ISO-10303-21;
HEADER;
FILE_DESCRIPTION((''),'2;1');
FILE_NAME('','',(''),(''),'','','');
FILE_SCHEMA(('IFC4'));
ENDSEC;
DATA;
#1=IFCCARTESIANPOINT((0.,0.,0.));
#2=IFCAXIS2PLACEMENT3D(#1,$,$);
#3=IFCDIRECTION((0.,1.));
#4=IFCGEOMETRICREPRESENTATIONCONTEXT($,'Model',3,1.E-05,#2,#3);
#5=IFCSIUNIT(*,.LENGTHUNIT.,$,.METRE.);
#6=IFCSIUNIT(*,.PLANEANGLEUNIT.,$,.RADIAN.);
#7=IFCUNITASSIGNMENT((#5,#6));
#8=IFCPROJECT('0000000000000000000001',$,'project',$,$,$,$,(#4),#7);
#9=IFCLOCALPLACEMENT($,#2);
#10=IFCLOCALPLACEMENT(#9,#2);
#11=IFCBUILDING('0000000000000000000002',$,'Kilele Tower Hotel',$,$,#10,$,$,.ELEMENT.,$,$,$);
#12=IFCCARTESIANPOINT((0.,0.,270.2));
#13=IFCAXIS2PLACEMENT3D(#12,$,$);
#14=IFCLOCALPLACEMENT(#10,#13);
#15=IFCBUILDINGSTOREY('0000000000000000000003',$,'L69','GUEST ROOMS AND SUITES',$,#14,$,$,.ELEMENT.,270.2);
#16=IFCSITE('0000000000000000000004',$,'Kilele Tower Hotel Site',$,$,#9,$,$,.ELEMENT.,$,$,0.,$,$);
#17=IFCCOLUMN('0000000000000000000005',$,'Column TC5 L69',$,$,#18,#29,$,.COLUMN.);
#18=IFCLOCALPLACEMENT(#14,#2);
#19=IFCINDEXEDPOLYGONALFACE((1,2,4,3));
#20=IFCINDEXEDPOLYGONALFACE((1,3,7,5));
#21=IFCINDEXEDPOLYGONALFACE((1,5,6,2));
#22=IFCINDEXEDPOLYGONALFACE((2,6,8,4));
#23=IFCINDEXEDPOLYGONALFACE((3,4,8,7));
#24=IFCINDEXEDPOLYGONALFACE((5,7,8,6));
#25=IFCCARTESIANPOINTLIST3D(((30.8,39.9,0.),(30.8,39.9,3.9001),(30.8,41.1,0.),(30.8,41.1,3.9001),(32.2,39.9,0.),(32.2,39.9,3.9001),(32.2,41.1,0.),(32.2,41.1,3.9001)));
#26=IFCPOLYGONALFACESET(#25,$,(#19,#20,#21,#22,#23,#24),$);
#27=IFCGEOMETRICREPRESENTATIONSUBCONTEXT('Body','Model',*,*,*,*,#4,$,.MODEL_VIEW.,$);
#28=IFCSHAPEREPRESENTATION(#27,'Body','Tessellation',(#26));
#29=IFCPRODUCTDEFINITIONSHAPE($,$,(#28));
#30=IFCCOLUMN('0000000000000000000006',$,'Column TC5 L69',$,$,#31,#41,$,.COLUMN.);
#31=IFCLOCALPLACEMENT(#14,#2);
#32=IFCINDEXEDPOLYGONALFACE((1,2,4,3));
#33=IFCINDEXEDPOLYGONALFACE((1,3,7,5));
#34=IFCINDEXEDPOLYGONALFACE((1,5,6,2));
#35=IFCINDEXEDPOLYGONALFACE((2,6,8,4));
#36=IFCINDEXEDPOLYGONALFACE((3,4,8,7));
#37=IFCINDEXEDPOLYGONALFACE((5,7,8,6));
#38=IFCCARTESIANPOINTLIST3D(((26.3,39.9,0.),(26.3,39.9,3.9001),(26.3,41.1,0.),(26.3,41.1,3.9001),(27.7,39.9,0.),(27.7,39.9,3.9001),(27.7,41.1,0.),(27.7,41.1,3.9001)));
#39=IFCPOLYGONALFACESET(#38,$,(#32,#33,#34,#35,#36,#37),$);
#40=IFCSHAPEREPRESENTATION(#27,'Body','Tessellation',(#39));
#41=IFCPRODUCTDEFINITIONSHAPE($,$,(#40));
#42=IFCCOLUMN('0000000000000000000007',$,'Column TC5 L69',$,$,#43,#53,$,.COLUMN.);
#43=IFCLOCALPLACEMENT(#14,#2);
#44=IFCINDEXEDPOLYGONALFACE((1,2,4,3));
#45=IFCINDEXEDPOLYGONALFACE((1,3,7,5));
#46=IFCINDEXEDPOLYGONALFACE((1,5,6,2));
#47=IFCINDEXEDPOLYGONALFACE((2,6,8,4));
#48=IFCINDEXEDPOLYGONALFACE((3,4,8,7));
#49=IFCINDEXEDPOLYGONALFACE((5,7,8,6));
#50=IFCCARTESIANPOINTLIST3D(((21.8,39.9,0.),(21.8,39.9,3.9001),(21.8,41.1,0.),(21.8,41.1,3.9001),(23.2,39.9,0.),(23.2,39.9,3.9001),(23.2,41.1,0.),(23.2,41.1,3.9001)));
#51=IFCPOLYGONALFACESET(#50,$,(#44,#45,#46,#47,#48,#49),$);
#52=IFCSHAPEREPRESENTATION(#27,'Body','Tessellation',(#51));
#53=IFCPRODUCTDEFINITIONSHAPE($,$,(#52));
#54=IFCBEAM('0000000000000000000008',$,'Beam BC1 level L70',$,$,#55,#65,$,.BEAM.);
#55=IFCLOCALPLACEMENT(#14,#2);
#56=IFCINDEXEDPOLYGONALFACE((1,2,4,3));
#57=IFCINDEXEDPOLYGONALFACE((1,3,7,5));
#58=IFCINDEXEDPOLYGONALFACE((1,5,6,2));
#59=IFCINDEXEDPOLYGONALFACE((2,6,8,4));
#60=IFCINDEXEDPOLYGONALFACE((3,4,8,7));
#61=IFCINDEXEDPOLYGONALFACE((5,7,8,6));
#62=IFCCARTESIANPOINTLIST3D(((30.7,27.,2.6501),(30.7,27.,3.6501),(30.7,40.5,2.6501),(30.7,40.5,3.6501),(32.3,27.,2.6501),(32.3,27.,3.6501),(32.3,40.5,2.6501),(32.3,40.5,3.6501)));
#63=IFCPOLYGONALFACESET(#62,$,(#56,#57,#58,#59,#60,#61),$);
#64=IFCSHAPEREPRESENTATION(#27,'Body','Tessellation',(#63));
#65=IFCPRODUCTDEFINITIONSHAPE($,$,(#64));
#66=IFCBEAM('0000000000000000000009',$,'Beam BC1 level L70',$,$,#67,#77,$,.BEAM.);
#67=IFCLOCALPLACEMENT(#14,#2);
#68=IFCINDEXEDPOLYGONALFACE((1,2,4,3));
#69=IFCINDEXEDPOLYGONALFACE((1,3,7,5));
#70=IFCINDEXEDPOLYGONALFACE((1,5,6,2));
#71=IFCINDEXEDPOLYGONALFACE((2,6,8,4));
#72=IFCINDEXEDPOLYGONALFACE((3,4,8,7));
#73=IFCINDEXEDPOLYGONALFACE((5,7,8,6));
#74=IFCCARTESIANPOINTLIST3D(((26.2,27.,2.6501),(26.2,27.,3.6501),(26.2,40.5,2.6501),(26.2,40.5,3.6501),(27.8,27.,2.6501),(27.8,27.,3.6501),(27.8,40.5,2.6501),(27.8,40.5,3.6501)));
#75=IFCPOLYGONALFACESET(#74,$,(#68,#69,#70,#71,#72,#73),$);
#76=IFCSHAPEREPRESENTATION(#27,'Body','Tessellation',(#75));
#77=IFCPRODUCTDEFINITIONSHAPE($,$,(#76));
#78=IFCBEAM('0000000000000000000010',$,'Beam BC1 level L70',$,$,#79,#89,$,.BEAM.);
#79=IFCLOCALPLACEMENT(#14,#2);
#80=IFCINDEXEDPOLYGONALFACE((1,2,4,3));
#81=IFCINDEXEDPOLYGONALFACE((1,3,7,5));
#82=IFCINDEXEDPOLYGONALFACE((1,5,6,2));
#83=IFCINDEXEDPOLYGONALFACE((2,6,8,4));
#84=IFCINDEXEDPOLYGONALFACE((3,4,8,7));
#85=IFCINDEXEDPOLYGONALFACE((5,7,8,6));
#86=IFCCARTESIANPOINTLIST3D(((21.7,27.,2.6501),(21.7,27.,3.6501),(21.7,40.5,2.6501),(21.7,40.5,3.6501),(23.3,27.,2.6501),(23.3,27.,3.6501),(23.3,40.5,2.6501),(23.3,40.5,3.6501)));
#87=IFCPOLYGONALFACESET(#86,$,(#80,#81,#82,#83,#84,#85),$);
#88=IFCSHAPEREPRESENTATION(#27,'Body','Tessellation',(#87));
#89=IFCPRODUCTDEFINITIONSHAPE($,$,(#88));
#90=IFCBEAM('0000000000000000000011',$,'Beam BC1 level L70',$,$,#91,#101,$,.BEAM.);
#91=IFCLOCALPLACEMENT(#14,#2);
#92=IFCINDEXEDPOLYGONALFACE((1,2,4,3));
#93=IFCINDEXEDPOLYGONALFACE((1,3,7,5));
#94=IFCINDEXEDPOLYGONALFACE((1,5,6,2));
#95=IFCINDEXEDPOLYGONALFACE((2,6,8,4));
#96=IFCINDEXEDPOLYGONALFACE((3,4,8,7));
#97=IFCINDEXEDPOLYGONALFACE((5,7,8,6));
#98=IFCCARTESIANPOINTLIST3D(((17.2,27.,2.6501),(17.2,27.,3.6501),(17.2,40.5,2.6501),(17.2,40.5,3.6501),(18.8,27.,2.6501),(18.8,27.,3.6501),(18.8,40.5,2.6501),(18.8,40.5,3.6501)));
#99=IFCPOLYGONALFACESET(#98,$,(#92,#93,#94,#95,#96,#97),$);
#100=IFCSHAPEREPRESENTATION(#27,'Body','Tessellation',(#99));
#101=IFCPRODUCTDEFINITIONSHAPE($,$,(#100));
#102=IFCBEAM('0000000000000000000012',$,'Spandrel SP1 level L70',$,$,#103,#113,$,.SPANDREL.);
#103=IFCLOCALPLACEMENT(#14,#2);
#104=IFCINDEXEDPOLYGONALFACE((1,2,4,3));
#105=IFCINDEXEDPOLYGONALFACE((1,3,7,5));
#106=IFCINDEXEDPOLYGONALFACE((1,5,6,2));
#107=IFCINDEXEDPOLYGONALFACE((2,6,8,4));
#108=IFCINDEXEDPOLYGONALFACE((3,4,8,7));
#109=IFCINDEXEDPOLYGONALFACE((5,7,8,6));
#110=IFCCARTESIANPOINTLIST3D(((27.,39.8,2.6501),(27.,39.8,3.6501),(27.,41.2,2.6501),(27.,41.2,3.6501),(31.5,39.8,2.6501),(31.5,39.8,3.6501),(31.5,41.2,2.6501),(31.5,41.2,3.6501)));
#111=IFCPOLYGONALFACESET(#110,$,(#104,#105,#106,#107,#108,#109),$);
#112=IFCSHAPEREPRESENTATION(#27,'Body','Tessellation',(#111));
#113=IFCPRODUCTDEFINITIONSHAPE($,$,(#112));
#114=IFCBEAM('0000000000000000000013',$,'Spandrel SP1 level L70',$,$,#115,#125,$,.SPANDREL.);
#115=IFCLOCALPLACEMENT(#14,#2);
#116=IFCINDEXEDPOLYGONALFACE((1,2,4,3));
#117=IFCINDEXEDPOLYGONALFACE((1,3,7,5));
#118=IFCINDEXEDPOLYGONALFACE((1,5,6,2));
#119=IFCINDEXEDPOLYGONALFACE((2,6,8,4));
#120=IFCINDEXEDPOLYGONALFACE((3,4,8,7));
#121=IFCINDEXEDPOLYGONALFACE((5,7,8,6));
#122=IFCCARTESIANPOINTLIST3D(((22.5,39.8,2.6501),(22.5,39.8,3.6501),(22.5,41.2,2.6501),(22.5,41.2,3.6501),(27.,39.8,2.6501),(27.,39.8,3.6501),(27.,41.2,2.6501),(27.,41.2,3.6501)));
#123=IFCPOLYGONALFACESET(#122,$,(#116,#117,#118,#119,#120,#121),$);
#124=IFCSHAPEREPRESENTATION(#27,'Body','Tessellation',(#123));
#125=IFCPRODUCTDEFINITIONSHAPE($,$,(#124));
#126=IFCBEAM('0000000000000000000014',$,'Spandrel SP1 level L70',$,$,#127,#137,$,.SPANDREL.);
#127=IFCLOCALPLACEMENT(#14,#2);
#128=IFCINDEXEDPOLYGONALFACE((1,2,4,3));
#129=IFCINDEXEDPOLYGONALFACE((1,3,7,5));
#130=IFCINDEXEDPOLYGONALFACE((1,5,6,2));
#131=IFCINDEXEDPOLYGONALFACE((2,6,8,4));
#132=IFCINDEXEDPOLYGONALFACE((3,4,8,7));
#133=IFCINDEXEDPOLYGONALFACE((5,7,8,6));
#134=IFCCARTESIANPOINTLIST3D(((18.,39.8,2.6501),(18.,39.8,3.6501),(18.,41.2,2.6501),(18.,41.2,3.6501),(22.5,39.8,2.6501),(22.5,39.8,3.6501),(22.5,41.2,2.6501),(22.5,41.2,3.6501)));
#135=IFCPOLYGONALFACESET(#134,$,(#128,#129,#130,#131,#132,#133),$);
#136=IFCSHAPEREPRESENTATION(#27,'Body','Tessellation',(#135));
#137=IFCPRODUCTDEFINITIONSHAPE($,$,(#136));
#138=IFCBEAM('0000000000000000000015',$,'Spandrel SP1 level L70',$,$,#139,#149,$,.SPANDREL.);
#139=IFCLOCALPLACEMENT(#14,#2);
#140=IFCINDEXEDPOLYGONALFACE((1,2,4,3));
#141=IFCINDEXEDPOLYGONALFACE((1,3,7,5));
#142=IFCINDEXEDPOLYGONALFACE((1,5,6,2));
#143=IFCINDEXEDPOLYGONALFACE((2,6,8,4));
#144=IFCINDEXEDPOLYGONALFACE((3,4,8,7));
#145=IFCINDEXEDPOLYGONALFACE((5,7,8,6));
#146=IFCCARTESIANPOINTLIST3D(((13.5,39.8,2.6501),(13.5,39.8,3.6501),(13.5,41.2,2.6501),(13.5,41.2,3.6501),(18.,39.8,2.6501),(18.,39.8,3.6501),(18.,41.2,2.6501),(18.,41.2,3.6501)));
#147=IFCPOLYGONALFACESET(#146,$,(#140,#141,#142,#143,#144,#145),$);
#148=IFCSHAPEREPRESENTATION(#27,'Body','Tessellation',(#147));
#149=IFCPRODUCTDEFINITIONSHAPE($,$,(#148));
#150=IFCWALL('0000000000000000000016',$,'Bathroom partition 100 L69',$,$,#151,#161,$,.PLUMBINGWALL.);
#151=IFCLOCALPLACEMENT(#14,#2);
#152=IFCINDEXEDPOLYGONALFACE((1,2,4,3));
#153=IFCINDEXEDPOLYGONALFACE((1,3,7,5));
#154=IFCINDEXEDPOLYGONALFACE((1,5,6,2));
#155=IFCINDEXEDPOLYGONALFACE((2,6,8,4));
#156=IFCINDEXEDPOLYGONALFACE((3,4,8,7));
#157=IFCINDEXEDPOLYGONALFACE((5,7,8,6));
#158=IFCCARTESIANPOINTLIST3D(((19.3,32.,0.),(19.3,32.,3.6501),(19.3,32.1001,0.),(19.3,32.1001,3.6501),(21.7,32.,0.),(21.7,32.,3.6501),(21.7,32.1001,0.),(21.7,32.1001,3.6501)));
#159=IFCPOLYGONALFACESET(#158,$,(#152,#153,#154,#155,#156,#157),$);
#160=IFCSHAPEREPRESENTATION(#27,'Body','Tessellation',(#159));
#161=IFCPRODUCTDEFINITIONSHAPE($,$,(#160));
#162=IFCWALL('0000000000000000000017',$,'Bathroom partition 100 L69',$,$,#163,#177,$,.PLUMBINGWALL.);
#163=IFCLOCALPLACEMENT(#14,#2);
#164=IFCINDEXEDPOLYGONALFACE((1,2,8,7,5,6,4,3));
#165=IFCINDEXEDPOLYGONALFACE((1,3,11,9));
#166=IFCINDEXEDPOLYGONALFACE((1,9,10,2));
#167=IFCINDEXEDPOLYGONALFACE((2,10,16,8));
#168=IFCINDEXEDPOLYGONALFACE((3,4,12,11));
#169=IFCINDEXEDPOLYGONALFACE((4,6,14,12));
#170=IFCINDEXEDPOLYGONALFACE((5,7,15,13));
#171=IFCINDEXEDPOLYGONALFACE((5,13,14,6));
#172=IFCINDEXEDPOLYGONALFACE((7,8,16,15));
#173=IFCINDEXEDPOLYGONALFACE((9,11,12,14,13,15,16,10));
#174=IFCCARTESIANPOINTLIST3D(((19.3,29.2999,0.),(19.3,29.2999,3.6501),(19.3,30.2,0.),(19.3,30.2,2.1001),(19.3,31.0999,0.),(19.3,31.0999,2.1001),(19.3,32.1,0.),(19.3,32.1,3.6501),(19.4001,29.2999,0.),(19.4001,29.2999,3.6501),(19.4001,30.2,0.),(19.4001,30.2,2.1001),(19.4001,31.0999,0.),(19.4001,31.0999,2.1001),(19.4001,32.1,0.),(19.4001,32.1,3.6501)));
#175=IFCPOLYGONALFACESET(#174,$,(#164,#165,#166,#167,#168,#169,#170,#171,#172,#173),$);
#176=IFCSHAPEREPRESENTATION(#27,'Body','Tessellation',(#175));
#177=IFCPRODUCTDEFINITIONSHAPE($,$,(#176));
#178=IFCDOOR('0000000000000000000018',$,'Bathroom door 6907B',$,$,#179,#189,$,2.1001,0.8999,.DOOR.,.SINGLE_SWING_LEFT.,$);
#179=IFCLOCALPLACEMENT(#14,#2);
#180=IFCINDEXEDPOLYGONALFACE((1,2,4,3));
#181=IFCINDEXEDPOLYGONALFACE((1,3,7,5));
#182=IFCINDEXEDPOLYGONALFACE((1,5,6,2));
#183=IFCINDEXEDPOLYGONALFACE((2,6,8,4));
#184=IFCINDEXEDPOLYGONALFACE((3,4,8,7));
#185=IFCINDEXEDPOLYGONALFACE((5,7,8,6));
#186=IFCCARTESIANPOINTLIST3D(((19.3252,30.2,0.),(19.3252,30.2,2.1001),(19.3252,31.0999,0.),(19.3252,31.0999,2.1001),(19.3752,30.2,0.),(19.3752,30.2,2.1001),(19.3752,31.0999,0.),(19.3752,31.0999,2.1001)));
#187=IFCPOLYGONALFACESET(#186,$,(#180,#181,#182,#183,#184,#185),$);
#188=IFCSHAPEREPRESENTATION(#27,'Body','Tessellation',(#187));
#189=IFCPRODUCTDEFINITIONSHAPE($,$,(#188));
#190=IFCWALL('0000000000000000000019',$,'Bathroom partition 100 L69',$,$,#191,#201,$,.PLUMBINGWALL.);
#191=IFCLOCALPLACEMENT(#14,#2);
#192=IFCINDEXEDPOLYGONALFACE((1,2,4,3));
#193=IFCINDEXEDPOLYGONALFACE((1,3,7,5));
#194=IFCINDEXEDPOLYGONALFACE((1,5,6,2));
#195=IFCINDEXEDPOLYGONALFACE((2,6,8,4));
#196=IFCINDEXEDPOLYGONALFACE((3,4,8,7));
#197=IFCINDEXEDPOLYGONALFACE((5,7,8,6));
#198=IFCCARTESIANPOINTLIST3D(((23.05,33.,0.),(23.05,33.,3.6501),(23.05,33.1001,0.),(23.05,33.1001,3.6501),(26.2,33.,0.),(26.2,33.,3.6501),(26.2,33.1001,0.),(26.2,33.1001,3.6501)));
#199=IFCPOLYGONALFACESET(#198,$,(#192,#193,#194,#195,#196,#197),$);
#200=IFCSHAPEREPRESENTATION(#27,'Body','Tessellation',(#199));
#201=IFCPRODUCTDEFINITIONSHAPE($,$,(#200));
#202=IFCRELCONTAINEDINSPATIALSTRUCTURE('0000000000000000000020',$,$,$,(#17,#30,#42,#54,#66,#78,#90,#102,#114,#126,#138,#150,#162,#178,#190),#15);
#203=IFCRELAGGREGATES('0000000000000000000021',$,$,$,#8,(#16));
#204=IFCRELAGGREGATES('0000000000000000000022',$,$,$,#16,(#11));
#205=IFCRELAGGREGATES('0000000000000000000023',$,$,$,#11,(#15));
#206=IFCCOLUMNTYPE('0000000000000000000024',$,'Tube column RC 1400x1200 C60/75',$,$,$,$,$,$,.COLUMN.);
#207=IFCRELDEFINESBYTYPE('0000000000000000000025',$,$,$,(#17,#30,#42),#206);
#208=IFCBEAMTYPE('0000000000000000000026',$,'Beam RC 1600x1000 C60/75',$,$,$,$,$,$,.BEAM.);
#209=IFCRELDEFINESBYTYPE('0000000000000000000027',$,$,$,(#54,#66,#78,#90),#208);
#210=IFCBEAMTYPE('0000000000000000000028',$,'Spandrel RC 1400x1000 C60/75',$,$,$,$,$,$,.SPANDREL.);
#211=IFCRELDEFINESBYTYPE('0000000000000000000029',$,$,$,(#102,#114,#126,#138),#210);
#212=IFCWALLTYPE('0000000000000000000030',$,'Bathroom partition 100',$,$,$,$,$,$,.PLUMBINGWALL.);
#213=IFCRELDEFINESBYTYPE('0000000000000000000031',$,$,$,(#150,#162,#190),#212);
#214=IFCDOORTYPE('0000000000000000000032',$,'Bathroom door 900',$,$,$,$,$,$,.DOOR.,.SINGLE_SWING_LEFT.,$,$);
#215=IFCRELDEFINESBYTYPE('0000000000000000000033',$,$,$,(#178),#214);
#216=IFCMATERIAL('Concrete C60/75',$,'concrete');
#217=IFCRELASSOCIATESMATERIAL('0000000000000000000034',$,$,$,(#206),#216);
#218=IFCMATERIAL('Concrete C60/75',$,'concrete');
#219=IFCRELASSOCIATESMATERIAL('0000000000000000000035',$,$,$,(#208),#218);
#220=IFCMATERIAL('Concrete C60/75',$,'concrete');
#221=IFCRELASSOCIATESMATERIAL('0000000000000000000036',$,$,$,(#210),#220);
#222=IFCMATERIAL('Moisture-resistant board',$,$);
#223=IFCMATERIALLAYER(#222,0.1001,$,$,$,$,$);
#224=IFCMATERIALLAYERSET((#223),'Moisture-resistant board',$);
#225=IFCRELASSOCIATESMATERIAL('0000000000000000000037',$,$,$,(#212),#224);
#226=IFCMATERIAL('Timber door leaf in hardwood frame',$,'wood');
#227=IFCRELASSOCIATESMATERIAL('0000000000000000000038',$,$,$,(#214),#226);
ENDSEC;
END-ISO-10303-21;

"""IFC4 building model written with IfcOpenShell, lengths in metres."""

from ifc_helpers import new_model, si_unit, direction, frame, frame_2d, origin, origin_2d, place, context, subcontext, project, spatial, rectangle, extrude, material, layer, layer_set, material_profile, profile_set, type_object, element, fill, save


model = new_model("IFC4")

# Units and contexts
model_context = context("Model", 3, precision=1e-05, world=origin(), true_north=direction((0.0, 1.0)))
body_context = subcontext(model_context, "Body", "Model", "MODEL_VIEW")
ifc_project = project(units=[si_unit("LENGTHUNIT", "METRE"), si_unit("PLANEANGLEUNIT", "RADIAN")], contexts=[model_context])

# Site, building, storey
site_placement = place(None, origin())
site = spatial("IfcSite", under=ifc_project, at=site_placement, Name="Kilele Tower Hotel Site", CompositionType="ELEMENT", RefElevation=0.0)
building_placement = place(site_placement, origin())
building = spatial("IfcBuilding", under=site, at=building_placement, Name="Kilele Tower Hotel", CompositionType="ELEMENT")
storey_placement = place(building_placement, frame((0.0, 0.0, 270.2)))
storey = spatial("IfcBuildingStorey", under=building, at=storey_placement, Name="L69", Description="GUEST ROOMS AND SUITES", CompositionType="ELEMENT", Elevation=270.2)

# Columns
ifc_material_1 = material(Name="Concrete C60/75", Category="concrete")
ifc_material_profile_1 = material_profile(ifc_material_1, rectangle(XDim=1.3999, YDim=1.2, at=origin_2d()))
ifc_profile_set_1 = profile_set([ifc_material_profile_1], Name="Concrete C60/75")
column_type = type_object("IfcColumnType", Name="Tube column RC 1400x1200 C60/75", PredefinedType="COLUMN", material=ifc_profile_set_1)
for number, where, z_axis, x_axis, name in (
    (1, (31.5, 40.5, 0.0), (0.0, 0.0, 1.0), (1.0, 0.0, 0.0), "Column TC5 L69"),
    (2, (27.0, 40.5, 0.0), (0.0, 0.0, 1.0), (1.0, 0.0, 0.0), "Column TC5 L69"),
    (3, (22.5, 40.5, 0.0), (0.0, 0.0, 1.0), (1.0, 0.0, 0.0), "Column TC5 L69"),
):
    element("IfcColumn", number, at=place(storey_placement, frame(where, z_axis=z_axis, x_axis=x_axis)), inside=storey, type_object=column_type, Name=name, PredefinedType="COLUMN", context=body_context, shape_type="SweptSolid", body=[
        extrude(rectangle(XDim=1.3999, YDim=1.2, at=origin_2d()), origin(), (0.0, 0.0, 1.0), 3.9001),
    ])

# Beams
ifc_material_2 = material(Name="Concrete C60/75", Category="concrete")
ifc_material_profile_2 = material_profile(ifc_material_2, rectangle(XDim=1.6001, YDim=1.0, at=origin_2d()))
ifc_profile_set_2 = profile_set([ifc_material_profile_2], Name="Concrete C60/75")
beam_type_1 = type_object("IfcBeamType", Name="Beam RC 1600x1000 C60/75", PredefinedType="BEAM", material=ifc_profile_set_2)
for number, where, z_axis, x_axis, name in (
    (4, (31.5, 40.5, 3.1501), (0.0, -1.0, 0.0), (1.0, 0.0, 0.0), "Beam BC1 level L70"),
    (5, (27.0, 40.5, 3.1501), (0.0, -1.0, 0.0), (1.0, 0.0, 0.0), "Beam BC1 level L70"),
    (6, (22.5, 40.5, 3.1501), (0.0, -1.0, 0.0), (1.0, 0.0, 0.0), "Beam BC1 level L70"),
    (7, (18.0, 40.5, 3.1501), (0.0, -1.0, 0.0), (1.0, 0.0, 0.0), "Beam BC1 level L70"),
):
    element("IfcBeam", number, at=place(storey_placement, frame(where, z_axis=z_axis, x_axis=x_axis)), inside=storey, type_object=beam_type_1, Name=name, PredefinedType="BEAM", context=body_context, shape_type="SweptSolid", body=[
        extrude(rectangle(XDim=1.6001, YDim=1.0, at=origin_2d()), origin(), (0.0, 0.0, 1.0), 13.5),
    ])
ifc_material_3 = material(Name="Concrete C60/75", Category="concrete")
ifc_material_profile_3 = material_profile(ifc_material_3, rectangle(XDim=1.3999, YDim=1.0, at=origin_2d()))
ifc_profile_set_3 = profile_set([ifc_material_profile_3], Name="Concrete C60/75")
beam_type_2 = type_object("IfcBeamType", Name="Spandrel RC 1400x1000 C60/75", PredefinedType="SPANDREL", material=ifc_profile_set_3)
for number, where, z_axis, x_axis, name in (
    (8, (31.5, 40.5, 3.1501), (-1.0, 0.0, 0.0), (0.0, -1.0, 0.0), "Spandrel SP1 level L70"),
    (9, (27.0, 40.5, 3.1501), (-1.0, 0.0, 0.0), (0.0, -1.0, 0.0), "Spandrel SP1 level L70"),
    (10, (22.5, 40.5, 3.1501), (-1.0, 0.0, 0.0), (0.0, -1.0, 0.0), "Spandrel SP1 level L70"),
    (11, (18.0, 40.5, 3.1501), (-1.0, 0.0, 0.0), (0.0, -1.0, 0.0), "Spandrel SP1 level L70"),
):
    element("IfcBeam", number, at=place(storey_placement, frame(where, z_axis=z_axis, x_axis=x_axis)), inside=storey, type_object=beam_type_2, Name=name, PredefinedType="SPANDREL", context=body_context, shape_type="SweptSolid", body=[
        extrude(rectangle(XDim=1.3999, YDim=1.0, at=origin_2d()), origin(), (0.0, 0.0, 1.0), 4.5),
    ])

# Wall
ifc_material_4 = material(Name="Moisture-resistant board")
ifc_layer_1 = layer(ifc_material_4, 0.1001)
ifc_layer_set_1 = layer_set([ifc_layer_1], Name="Moisture-resistant board")
wall_type_1 = type_object("IfcWallType", Name="Bathroom partition 100", PredefinedType="PLUMBINGWALL", material=ifc_layer_set_1)
wall_1_placement = place(storey_placement, frame((19.3, 32.05, 0.0), z_axis=(0.0, 0.0, 1.0), x_axis=(1.0, 0.0, 0.0)))
element("IfcWall", 12, at=wall_1_placement, inside=storey, type_object=wall_type_1, Name="Bathroom partition 100 L69", PredefinedType="PLUMBINGWALL", context=body_context, shape_type="SweptSolid", body=[
    extrude(rectangle(XDim=2.3999, YDim=0.1001, at=frame_2d((1.2, 0.0))), origin(), (0.0, 0.0, 1.0), 3.6501),
])

# Wall, opening, door
wall_2_placement = place(storey_placement, frame((19.3501, 29.3, 0.0), z_axis=(0.0, 0.0, 1.0), x_axis=(0.0, 1.0, 0.0)))
wall_2 = element("IfcWall", 13, at=wall_2_placement, inside=storey, type_object=wall_type_1, Name="Bathroom partition 100 L69", PredefinedType="PLUMBINGWALL", context=body_context, shape_type="SweptSolid", body=[
    extrude(rectangle(XDim=2.8, YDim=0.1001, at=frame_2d((1.3999, 0.0))), origin(), (0.0, 0.0, 1.0), 3.6501),
])
opening_1_placement = place(wall_2_placement, frame((0.8999, 0.0, 0.0)))
opening_1 = element("IfcOpeningElement", 14, at=opening_1_placement, cuts=wall_2, PredefinedType="OPENING", context=body_context, shape_type="SweptSolid", body=[
    extrude(rectangle(XDim=0.8999, YDim=2.1001, at=frame_2d((0.45, 1.05))), frame((0.0, 0.0601, 0.0), z_axis=(0.0, -1.0, 0.0), x_axis=(1.0, 0.0, 0.0)), (0.0, 0.0, 1.0), 0.1201),
])
ifc_material_5 = material(Name="Timber door leaf in hardwood frame", Category="wood")
door_type_1 = type_object("IfcDoorType", Name="Bathroom door 900", OperationType="SINGLE_SWING_LEFT", PredefinedType="DOOR", material=ifc_material_5)
door_1_placement = place(opening_1_placement, origin())
door_1 = element("IfcDoor", 15, at=door_1_placement, inside=storey, type_object=door_type_1, Name="Bathroom door 6907B", OperationType="SINGLE_SWING_LEFT", OverallHeight=2.1001, OverallWidth=0.8999, PredefinedType="DOOR", context=body_context, shape_type="SweptSolid", body=[
    extrude(rectangle(XDim=0.8999, YDim=2.1001, at=frame_2d((0.45, 1.05))), frame((0.0, 0.0249, 0.0), z_axis=(0.0, -1.0, 0.0), x_axis=(1.0, 0.0, 0.0)), (0.0, 0.0, 1.0), 0.05),
])
fill(opening_1, door_1)

# Wall
wall_3_placement = place(storey_placement, frame((23.05, 33.05, 0.0), z_axis=(0.0, 0.0, 1.0), x_axis=(1.0, 0.0, 0.0)))
element("IfcWall", 16, at=wall_3_placement, inside=storey, type_object=wall_type_1, Name="Bathroom partition 100 L69", PredefinedType="PLUMBINGWALL", context=body_context, shape_type="SweptSolid", body=[
    extrude(rectangle(XDim=3.1499, YDim=0.1001, at=frame_2d((1.575, 0.0))), origin(), (0.0, 0.0, 1.0), 3.6501),
])

save(model, "model.ifc")
